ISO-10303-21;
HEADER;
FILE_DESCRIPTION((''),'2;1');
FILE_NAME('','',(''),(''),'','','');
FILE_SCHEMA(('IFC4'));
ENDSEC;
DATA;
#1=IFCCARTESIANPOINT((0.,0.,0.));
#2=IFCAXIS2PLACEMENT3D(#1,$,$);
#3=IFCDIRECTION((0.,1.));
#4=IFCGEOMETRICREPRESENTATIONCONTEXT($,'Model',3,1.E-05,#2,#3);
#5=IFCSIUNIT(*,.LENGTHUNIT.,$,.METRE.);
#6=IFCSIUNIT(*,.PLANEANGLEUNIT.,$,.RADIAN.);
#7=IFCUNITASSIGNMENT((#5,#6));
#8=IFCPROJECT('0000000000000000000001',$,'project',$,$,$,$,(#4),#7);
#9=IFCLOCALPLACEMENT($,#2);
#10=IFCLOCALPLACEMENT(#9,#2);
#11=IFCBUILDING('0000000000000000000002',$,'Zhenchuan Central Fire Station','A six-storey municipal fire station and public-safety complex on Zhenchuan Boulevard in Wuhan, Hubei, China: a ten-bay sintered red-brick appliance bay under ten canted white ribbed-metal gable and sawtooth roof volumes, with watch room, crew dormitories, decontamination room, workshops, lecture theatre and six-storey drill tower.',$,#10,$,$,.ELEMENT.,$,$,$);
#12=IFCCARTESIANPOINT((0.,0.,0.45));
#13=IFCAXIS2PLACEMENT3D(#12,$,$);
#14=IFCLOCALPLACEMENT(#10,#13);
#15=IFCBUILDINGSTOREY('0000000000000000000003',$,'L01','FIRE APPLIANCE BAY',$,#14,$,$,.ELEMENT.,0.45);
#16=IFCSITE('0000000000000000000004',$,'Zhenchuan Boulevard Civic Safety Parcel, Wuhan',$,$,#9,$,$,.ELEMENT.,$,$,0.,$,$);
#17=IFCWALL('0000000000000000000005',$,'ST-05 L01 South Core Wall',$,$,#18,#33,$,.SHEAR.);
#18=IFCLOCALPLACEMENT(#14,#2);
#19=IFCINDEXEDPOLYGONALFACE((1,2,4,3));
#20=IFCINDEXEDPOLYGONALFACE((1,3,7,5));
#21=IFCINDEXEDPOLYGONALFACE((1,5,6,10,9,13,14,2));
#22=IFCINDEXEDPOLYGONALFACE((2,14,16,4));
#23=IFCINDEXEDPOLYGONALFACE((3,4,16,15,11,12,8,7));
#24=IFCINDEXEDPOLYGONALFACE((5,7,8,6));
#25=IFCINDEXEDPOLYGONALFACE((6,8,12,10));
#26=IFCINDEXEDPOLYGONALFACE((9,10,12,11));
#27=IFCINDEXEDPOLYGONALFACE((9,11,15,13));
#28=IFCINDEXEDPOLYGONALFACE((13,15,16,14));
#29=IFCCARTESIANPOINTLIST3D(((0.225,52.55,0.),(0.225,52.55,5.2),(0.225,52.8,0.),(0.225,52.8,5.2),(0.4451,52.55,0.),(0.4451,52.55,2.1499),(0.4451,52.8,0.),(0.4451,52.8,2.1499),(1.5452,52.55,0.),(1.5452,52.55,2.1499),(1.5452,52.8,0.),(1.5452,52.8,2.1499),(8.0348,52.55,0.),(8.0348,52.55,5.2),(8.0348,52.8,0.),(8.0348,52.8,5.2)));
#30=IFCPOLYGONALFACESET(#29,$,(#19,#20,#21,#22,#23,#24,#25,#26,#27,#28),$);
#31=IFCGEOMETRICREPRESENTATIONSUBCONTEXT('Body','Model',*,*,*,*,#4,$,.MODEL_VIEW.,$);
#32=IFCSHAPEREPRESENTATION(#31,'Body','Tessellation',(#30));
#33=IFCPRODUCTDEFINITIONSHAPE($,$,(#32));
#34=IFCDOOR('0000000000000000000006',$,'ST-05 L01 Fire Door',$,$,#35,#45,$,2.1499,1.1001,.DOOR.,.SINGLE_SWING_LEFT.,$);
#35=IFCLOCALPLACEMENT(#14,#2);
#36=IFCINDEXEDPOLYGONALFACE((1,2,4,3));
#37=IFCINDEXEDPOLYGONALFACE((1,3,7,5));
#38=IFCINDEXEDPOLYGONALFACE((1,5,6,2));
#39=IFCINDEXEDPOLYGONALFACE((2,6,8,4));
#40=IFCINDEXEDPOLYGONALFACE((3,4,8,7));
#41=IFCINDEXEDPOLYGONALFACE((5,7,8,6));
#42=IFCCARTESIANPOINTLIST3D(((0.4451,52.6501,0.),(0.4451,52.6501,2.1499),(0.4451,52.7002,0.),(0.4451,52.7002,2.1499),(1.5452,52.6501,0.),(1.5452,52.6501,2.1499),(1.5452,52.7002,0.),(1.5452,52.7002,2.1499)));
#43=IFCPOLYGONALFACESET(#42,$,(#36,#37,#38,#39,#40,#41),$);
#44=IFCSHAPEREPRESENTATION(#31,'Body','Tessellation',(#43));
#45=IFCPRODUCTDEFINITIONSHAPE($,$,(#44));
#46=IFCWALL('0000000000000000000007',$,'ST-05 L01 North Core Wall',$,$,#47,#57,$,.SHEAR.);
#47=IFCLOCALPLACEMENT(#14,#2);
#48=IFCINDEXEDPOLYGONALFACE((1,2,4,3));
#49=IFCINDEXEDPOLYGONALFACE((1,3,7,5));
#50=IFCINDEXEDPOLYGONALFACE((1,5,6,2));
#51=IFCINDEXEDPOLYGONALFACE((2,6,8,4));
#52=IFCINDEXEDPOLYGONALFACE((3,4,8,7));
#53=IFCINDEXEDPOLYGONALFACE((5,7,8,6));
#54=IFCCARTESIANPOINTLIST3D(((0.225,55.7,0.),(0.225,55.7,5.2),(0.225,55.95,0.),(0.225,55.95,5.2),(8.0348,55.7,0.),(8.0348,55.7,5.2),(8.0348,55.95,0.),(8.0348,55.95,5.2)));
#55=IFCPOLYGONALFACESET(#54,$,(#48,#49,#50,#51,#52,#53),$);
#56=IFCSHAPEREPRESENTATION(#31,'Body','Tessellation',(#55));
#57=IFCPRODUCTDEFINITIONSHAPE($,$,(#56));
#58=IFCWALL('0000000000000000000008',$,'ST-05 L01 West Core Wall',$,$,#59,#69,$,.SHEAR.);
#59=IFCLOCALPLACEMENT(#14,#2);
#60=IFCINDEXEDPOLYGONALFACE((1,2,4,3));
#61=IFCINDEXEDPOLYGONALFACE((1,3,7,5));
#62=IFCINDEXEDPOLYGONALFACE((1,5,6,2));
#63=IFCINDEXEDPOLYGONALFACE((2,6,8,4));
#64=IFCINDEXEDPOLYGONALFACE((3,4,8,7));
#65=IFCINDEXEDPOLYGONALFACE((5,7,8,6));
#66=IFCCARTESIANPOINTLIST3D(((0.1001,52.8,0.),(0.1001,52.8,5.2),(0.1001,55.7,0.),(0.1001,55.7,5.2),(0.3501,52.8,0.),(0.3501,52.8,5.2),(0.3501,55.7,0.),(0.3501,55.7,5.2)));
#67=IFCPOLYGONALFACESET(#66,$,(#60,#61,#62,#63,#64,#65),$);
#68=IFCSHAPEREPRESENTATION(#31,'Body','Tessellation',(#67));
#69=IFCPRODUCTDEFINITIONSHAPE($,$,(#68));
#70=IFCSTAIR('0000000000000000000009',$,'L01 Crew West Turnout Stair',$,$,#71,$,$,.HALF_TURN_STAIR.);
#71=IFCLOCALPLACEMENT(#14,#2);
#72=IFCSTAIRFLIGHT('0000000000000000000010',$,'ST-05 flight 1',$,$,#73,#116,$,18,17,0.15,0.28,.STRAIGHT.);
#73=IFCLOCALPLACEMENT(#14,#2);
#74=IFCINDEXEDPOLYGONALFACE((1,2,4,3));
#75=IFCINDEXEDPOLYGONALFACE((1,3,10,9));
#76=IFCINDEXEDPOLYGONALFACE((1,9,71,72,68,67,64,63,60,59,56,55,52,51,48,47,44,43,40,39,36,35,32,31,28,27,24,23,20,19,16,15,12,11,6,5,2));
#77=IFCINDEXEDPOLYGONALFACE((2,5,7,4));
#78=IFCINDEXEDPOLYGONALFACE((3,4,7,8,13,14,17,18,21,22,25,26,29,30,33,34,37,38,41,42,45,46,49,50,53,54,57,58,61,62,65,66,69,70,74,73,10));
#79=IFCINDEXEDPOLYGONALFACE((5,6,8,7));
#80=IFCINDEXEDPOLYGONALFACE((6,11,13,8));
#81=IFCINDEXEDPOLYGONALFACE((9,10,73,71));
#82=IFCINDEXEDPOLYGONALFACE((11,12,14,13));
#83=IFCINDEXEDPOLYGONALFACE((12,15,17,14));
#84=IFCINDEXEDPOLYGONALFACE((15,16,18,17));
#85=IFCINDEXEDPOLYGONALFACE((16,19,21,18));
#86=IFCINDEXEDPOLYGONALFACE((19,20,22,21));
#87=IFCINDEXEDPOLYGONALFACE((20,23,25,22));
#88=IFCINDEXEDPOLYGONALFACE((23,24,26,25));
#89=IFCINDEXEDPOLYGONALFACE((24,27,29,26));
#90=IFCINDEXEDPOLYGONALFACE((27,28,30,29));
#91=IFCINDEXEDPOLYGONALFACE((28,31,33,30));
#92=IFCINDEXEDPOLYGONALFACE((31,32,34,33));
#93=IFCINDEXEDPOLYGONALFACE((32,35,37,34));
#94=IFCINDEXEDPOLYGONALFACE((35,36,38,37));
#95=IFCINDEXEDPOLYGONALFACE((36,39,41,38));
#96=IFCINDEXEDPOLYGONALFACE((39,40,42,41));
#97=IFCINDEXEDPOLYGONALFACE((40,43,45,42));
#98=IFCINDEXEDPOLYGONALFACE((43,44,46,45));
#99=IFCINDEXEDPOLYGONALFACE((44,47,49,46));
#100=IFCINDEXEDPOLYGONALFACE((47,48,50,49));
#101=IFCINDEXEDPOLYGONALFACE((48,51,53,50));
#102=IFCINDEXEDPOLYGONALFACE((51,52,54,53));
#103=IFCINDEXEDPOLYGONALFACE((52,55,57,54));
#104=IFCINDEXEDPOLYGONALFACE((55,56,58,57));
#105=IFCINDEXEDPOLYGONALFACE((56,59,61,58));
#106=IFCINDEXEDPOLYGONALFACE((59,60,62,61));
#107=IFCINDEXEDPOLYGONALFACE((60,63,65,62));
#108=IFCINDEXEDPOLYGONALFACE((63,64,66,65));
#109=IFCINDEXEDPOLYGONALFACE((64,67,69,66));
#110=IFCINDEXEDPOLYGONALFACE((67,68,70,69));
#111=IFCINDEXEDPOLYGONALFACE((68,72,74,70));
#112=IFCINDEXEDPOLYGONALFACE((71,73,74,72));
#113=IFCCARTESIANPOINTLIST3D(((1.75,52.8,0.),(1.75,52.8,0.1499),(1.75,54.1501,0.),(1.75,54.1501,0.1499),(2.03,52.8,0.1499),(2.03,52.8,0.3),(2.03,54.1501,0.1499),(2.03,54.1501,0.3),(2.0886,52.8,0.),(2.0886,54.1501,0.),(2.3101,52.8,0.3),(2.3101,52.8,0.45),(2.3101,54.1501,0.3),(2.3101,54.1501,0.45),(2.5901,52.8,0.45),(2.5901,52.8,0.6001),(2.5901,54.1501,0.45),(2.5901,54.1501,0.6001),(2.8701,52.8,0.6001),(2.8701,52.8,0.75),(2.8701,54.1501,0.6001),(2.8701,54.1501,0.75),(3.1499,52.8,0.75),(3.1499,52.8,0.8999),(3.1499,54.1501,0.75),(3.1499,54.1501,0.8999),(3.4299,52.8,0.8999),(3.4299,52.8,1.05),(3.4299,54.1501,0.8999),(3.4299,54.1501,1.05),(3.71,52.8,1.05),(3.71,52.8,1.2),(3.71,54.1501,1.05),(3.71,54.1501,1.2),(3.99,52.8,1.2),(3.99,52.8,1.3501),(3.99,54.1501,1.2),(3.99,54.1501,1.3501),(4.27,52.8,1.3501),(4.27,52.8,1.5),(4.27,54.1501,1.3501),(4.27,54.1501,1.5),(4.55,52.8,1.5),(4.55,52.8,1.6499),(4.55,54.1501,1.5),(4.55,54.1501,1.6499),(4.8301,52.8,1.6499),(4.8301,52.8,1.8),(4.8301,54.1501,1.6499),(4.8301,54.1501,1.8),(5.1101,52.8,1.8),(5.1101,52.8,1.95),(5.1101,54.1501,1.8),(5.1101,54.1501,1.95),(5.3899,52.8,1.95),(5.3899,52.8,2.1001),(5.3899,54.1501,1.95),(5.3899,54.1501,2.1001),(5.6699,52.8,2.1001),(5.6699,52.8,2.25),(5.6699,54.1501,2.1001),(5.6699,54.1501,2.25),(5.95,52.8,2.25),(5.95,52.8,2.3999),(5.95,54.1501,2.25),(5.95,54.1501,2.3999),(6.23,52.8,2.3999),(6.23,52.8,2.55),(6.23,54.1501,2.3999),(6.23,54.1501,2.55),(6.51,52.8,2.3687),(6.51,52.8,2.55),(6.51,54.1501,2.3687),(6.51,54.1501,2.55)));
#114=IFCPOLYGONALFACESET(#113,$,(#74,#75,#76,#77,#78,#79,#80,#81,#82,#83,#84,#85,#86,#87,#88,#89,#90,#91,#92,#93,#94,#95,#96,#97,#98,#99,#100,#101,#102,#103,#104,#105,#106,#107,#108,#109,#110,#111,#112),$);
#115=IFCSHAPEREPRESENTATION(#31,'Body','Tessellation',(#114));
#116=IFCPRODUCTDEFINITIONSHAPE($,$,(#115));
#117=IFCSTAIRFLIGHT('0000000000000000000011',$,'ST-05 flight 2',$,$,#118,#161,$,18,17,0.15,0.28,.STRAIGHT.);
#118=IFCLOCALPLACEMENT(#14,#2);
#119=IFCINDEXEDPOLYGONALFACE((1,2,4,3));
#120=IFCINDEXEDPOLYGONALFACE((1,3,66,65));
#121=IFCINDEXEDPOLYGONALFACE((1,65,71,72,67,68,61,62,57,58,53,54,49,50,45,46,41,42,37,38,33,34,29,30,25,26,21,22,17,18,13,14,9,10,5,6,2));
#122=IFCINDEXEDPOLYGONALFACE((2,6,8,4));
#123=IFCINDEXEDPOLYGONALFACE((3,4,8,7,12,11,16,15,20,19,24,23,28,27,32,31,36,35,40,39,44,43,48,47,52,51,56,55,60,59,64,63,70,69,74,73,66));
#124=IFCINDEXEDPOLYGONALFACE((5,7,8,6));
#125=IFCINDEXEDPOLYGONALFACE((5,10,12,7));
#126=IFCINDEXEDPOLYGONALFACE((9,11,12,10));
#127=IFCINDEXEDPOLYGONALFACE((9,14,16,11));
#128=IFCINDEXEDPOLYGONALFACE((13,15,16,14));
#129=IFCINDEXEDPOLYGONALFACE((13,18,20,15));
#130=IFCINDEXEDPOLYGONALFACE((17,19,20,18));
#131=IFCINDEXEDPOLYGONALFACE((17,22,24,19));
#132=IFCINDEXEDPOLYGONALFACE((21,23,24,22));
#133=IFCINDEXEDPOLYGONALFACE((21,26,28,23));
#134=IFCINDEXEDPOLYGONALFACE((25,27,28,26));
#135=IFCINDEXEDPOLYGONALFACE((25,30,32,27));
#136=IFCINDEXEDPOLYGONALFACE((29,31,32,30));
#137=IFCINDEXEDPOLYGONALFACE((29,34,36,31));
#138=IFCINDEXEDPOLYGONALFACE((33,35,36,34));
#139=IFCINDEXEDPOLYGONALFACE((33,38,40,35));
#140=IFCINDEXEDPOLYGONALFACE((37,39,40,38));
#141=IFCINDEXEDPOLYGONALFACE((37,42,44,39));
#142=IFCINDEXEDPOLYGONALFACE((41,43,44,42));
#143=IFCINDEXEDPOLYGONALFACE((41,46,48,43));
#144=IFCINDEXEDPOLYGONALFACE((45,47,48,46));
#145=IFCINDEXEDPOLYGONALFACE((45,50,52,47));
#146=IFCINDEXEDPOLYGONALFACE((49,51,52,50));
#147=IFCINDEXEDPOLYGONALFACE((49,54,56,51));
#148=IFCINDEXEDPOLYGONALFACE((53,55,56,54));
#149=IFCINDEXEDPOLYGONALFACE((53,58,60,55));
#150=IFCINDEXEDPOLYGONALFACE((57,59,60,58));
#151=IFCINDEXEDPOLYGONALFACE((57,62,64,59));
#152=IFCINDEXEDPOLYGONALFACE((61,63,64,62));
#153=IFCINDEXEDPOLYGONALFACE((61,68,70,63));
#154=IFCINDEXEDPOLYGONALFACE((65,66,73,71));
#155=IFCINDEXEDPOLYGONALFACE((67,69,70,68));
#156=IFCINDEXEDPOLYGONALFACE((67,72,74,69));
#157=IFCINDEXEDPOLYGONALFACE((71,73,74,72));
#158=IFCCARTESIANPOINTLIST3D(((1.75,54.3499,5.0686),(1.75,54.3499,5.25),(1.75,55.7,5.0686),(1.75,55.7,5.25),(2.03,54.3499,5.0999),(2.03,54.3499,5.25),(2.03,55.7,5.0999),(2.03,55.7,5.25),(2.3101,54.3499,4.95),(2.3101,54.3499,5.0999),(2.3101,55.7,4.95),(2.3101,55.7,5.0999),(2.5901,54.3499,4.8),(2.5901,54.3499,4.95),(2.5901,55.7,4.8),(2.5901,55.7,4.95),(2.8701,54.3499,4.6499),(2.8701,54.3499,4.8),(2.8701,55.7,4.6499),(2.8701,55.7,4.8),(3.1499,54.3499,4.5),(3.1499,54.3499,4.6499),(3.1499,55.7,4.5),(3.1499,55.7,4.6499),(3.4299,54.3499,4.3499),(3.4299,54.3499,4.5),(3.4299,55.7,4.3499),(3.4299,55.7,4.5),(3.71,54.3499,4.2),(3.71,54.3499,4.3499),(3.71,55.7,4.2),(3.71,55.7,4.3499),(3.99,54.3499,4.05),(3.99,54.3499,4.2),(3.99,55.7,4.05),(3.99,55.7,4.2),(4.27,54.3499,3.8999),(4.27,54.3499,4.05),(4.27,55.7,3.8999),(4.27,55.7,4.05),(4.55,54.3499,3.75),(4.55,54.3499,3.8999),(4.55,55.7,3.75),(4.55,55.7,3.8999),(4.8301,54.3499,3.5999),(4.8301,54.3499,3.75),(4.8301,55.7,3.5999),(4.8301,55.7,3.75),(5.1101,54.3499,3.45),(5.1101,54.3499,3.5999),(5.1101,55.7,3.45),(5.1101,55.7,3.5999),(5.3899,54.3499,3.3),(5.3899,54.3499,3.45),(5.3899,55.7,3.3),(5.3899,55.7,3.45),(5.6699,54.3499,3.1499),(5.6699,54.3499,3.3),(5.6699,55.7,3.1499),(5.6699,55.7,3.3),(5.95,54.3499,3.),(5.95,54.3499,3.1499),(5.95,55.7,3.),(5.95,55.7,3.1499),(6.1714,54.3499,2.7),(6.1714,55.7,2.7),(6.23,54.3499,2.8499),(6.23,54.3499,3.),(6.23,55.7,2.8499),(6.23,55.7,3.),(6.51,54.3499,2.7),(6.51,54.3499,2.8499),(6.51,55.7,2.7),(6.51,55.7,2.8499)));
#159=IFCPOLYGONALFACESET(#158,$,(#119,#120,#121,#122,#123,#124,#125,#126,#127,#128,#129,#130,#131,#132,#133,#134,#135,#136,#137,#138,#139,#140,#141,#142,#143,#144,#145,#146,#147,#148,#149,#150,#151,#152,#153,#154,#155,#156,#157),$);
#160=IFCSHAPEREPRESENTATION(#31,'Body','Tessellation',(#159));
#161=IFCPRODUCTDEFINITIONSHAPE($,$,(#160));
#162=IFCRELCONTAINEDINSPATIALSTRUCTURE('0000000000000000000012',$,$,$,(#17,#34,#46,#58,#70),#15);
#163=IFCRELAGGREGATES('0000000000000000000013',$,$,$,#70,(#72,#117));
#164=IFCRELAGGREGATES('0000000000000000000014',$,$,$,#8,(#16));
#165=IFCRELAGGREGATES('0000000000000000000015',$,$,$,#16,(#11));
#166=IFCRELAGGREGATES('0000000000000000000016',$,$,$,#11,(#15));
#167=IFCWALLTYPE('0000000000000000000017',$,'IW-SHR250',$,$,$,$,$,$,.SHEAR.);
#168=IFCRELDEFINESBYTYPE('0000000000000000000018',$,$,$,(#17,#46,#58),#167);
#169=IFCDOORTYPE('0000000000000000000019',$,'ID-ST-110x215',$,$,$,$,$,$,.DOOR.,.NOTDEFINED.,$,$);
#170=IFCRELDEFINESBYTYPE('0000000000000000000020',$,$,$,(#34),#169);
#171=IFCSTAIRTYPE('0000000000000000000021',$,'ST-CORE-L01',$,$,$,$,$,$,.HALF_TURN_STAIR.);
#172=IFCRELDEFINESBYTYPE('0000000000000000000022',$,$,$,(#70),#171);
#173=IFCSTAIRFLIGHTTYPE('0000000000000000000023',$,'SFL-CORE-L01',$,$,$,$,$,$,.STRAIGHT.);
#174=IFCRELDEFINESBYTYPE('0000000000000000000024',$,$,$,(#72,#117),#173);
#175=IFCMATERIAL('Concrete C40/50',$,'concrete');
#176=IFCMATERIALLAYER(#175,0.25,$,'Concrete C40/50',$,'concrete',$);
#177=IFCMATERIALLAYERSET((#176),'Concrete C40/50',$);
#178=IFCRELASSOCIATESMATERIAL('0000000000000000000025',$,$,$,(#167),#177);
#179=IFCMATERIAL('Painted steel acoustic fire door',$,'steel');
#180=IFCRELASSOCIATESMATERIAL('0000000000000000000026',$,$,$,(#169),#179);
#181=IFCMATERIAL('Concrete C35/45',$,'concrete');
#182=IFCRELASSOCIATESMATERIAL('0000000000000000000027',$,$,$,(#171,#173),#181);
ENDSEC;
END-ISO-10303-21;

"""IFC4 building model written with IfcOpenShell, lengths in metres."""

from ifc_helpers import new_model, si_unit, direction, frame, frame_2d, origin, place, context, subcontext, project, spatial, polyline, rectangle, outline, extrude, material, layer, layer_set, type_object, element, fill, aggregate, save


model = new_model("IFC4")

# Units and contexts
model_context = context("Model", 3, precision=1e-05, world=origin(), true_north=direction((0.0, 1.0)))
body_context = subcontext(model_context, "Body", "Model", "MODEL_VIEW")
ifc_project = project(units=[si_unit("LENGTHUNIT", "METRE"), si_unit("PLANEANGLEUNIT", "RADIAN")], contexts=[model_context])

# Site, building, storey
site_placement = place(None, origin())
site = spatial("IfcSite", under=ifc_project, at=site_placement, Name="Zhenchuan Boulevard Civic Safety Parcel, Wuhan", CompositionType="ELEMENT", RefElevation=0.0)
building_placement = place(site_placement, origin())
building = spatial("IfcBuilding", under=site, at=building_placement, Name="Zhenchuan Central Fire Station", Description="A six-storey municipal fire station and public-safety complex on Zhenchuan Boulevard in Wuhan, Hubei, China: a ten-bay sintered red-brick appliance bay under ten canted white ribbed-metal gable and sawtooth roof volumes, with watch room, crew dormitories, decontamination room, workshops, lecture theatre and six-storey drill tower.", CompositionType="ELEMENT")
storey_placement = place(building_placement, frame((0.0, 0.0, 0.45)))
storey = spatial("IfcBuildingStorey", under=building, at=storey_placement, Name="L01", Description="FIRE APPLIANCE BAY", CompositionType="ELEMENT", Elevation=0.45)

# Shared definitions
ifc_material_1 = material(Name="Concrete C40/50", Category="concrete")

# Shared definitions
ifc_material_2 = material(Name="Concrete C35/45", Category="concrete")

# Wall, opening, door
ifc_layer_1 = layer(ifc_material_1, 0.25, Name="Concrete C40/50", Category="concrete")
ifc_layer_set_1 = layer_set([ifc_layer_1], Name="Concrete C40/50")
wall_type_1 = type_object("IfcWallType", Name="IW-SHR250", PredefinedType="SHEAR", material=ifc_layer_set_1)
wall_1_placement = place(storey_placement, frame((0.2251, 52.675, 0.0), z_axis=(0.0, 0.0, 1.0), x_axis=(1.0, 0.0, 0.0)))
wall_1 = element("IfcWall", 1, at=wall_1_placement, inside=storey, type_object=wall_type_1, Name="ST-05 L01 South Core Wall", PredefinedType="SHEAR", context=body_context, shape_type="SweptSolid", body=[
    extrude(rectangle(XDim=7.8098, YDim=0.25, at=frame_2d((3.9048, 0.0))), origin(), (0.0, 0.0, 1.0), 5.2),
])
opening_1_placement = place(wall_1_placement, frame((0.22, 0.0, 0.0)))
opening_1 = element("IfcOpeningElement", 2, at=opening_1_placement, cuts=wall_1, PredefinedType="OPENING", context=body_context, shape_type="SweptSolid", body=[
    extrude(rectangle(XDim=1.1001, YDim=2.1499, at=frame_2d((0.55, 1.075))), frame((0.0, 0.135, 0.0), z_axis=(0.0, -1.0, 0.0), x_axis=(1.0, 0.0, 0.0)), (0.0, 0.0, 1.0), 0.27),
])
ifc_material_3 = material(Name="Painted steel acoustic fire door", Category="steel")
door_type = type_object("IfcDoorType", Name="ID-ST-110x215", OperationType="NOTDEFINED", PredefinedType="DOOR", material=ifc_material_3)
door_placement = place(opening_1_placement, frame((1.1001, 0.0, 0.0), z_axis=(0.0, 0.0, 1.0), x_axis=(-1.0, 0.0, 0.0)))
door = element("IfcDoor", 3, at=door_placement, inside=storey, type_object=door_type, Name="ST-05 L01 Fire Door", OperationType="SINGLE_SWING_LEFT", OverallHeight=2.1499, OverallWidth=1.1001, PredefinedType="DOOR", context=body_context, shape_type="SweptSolid", body=[
    extrude(rectangle(XDim=1.1001, YDim=2.1499, at=frame_2d((0.55, 1.075))), frame((0.0, 0.0249, 0.0), z_axis=(0.0, -1.0, 0.0), x_axis=(1.0, 0.0, 0.0)), (0.0, 0.0, 1.0), 0.05),
])
fill(opening_1, door)

# Walls
wall_2_placement = place(storey_placement, frame((0.2251, 55.825, 0.0), z_axis=(0.0, 0.0, 1.0), x_axis=(1.0, 0.0, 0.0)))
element("IfcWall", 4, at=wall_2_placement, inside=storey, type_object=wall_type_1, Name="ST-05 L01 North Core Wall", PredefinedType="SHEAR", context=body_context, shape_type="SweptSolid", body=[
    extrude(rectangle(XDim=7.8098, YDim=0.25, at=frame_2d((3.9048, 0.0))), origin(), (0.0, 0.0, 1.0), 5.2),
])
wall_3_placement = place(storey_placement, frame((0.2251, 52.8, 0.0), z_axis=(0.0, 0.0, 1.0), x_axis=(0.0, 1.0, 0.0)))
element("IfcWall", 5, at=wall_3_placement, inside=storey, type_object=wall_type_1, Name="ST-05 L01 West Core Wall", PredefinedType="SHEAR", context=body_context, shape_type="SweptSolid", body=[
    extrude(rectangle(XDim=2.8999, YDim=0.25, at=frame_2d((1.45, 0.0))), origin(), (0.0, 0.0, 1.0), 5.2),
])

# Stair, stair flights
stair_type = type_object("IfcStairType", Name="ST-CORE-L01", PredefinedType="HALF_TURN_STAIR", material=ifc_material_2)
stair_placement = place(storey_placement, origin())
stair = element("IfcStair", 6, at=stair_placement, inside=storey, type_object=stair_type, Name="L01 Crew West Turnout Stair", PredefinedType="HALF_TURN_STAIR")
stair_flight_type = type_object("IfcStairFlightType", Name="SFL-CORE-L01", PredefinedType="STRAIGHT", material=ifc_material_2)
stair_flight_1_placement = place(storey_placement, frame((1.75, 53.4751, 0.0), z_axis=(0.0, 0.0, 1.0), x_axis=(1.0, 0.0, 0.0)))
stair_flight_1 = element("IfcStairFlight", 7, at=stair_flight_1_placement, type_object=stair_flight_type, Name="ST-05 flight 1", NumberOfRisers=18, NumberOfTreads=17, PredefinedType="STRAIGHT", RiserHeight=0.15, TreadLength=0.28, context=body_context, shape_type="SweptSolid", body=[
    extrude(outline(polyline([(0.0, 0.0), (0.0, 0.1499), (0.28, 0.1499), (0.28, 0.3), (0.5601, 0.3), (0.5601, 0.45), (0.8401, 0.45), (0.8401, 0.6001), (1.1201, 0.6001), (1.1201, 0.75), (1.3999, 0.75), (1.3999, 0.8999), (1.6799, 0.8999), (1.6799, 1.05), (1.96, 1.05), (1.96, 1.2), (2.24, 1.2), (2.24, 1.3501), (2.52, 1.3501), (2.52, 1.5), (2.8, 1.5), (2.8, 1.6499), (3.0801, 1.6499), (3.0801, 1.8), (3.3601, 1.8), (3.3601, 1.95), (3.6399, 1.95), (3.6399, 2.1001), (3.9199, 2.1001), (3.9199, 2.25), (4.2, 2.25), (4.2, 2.3999), (4.48, 2.3999), (4.48, 2.55), (4.76, 2.55), (4.76, 2.7), (4.76, 2.3687), (0.3386, 0.0), (0.0, 0.0)])), frame((0.0, 0.675, 0.0), z_axis=(0.0, -1.0, 0.0), x_axis=(1.0, 0.0, 0.0)), (0.0, 0.0, 1.0), 1.3501),
])
stair_flight_2_placement = place(storey_placement, frame((6.51, 55.0249, 2.7), z_axis=(0.0, 0.0, 1.0), x_axis=(-1.0, 0.0, 0.0)))
stair_flight_2 = element("IfcStairFlight", 8, at=stair_flight_2_placement, type_object=stair_flight_type, Name="ST-05 flight 2", NumberOfRisers=18, NumberOfTreads=17, PredefinedType="STRAIGHT", RiserHeight=0.15, TreadLength=0.28, context=body_context, shape_type="SweptSolid", body=[
    extrude(outline(polyline([(0.0, 0.0), (0.0, 0.1499), (0.28, 0.1499), (0.28, 0.3), (0.5601, 0.3), (0.5601, 0.45), (0.8401, 0.45), (0.8401, 0.6001), (1.1201, 0.6001), (1.1201, 0.75), (1.3999, 0.75), (1.3999, 0.8999), (1.6799, 0.8999), (1.6799, 1.05), (1.96, 1.05), (1.96, 1.2), (2.24, 1.2), (2.24, 1.3501), (2.52, 1.3501), (2.52, 1.5), (2.8, 1.5), (2.8, 1.6499), (3.0801, 1.6499), (3.0801, 1.8), (3.3601, 1.8), (3.3601, 1.95), (3.6399, 1.95), (3.6399, 2.1001), (3.9199, 2.1001), (3.9199, 2.25), (4.2, 2.25), (4.2, 2.3999), (4.48, 2.3999), (4.48, 2.55), (4.76, 2.55), (4.76, 2.7), (4.76, 2.3687), (0.3386, 0.0), (0.0, 0.0)])), frame((0.0, 0.675, 0.0), z_axis=(0.0, -1.0, 0.0), x_axis=(1.0, 0.0, 0.0)), (0.0, 0.0, 1.0), 1.3501),
])
aggregate(stair, [stair_flight_1, stair_flight_2])

save(model, "model.ifc")
